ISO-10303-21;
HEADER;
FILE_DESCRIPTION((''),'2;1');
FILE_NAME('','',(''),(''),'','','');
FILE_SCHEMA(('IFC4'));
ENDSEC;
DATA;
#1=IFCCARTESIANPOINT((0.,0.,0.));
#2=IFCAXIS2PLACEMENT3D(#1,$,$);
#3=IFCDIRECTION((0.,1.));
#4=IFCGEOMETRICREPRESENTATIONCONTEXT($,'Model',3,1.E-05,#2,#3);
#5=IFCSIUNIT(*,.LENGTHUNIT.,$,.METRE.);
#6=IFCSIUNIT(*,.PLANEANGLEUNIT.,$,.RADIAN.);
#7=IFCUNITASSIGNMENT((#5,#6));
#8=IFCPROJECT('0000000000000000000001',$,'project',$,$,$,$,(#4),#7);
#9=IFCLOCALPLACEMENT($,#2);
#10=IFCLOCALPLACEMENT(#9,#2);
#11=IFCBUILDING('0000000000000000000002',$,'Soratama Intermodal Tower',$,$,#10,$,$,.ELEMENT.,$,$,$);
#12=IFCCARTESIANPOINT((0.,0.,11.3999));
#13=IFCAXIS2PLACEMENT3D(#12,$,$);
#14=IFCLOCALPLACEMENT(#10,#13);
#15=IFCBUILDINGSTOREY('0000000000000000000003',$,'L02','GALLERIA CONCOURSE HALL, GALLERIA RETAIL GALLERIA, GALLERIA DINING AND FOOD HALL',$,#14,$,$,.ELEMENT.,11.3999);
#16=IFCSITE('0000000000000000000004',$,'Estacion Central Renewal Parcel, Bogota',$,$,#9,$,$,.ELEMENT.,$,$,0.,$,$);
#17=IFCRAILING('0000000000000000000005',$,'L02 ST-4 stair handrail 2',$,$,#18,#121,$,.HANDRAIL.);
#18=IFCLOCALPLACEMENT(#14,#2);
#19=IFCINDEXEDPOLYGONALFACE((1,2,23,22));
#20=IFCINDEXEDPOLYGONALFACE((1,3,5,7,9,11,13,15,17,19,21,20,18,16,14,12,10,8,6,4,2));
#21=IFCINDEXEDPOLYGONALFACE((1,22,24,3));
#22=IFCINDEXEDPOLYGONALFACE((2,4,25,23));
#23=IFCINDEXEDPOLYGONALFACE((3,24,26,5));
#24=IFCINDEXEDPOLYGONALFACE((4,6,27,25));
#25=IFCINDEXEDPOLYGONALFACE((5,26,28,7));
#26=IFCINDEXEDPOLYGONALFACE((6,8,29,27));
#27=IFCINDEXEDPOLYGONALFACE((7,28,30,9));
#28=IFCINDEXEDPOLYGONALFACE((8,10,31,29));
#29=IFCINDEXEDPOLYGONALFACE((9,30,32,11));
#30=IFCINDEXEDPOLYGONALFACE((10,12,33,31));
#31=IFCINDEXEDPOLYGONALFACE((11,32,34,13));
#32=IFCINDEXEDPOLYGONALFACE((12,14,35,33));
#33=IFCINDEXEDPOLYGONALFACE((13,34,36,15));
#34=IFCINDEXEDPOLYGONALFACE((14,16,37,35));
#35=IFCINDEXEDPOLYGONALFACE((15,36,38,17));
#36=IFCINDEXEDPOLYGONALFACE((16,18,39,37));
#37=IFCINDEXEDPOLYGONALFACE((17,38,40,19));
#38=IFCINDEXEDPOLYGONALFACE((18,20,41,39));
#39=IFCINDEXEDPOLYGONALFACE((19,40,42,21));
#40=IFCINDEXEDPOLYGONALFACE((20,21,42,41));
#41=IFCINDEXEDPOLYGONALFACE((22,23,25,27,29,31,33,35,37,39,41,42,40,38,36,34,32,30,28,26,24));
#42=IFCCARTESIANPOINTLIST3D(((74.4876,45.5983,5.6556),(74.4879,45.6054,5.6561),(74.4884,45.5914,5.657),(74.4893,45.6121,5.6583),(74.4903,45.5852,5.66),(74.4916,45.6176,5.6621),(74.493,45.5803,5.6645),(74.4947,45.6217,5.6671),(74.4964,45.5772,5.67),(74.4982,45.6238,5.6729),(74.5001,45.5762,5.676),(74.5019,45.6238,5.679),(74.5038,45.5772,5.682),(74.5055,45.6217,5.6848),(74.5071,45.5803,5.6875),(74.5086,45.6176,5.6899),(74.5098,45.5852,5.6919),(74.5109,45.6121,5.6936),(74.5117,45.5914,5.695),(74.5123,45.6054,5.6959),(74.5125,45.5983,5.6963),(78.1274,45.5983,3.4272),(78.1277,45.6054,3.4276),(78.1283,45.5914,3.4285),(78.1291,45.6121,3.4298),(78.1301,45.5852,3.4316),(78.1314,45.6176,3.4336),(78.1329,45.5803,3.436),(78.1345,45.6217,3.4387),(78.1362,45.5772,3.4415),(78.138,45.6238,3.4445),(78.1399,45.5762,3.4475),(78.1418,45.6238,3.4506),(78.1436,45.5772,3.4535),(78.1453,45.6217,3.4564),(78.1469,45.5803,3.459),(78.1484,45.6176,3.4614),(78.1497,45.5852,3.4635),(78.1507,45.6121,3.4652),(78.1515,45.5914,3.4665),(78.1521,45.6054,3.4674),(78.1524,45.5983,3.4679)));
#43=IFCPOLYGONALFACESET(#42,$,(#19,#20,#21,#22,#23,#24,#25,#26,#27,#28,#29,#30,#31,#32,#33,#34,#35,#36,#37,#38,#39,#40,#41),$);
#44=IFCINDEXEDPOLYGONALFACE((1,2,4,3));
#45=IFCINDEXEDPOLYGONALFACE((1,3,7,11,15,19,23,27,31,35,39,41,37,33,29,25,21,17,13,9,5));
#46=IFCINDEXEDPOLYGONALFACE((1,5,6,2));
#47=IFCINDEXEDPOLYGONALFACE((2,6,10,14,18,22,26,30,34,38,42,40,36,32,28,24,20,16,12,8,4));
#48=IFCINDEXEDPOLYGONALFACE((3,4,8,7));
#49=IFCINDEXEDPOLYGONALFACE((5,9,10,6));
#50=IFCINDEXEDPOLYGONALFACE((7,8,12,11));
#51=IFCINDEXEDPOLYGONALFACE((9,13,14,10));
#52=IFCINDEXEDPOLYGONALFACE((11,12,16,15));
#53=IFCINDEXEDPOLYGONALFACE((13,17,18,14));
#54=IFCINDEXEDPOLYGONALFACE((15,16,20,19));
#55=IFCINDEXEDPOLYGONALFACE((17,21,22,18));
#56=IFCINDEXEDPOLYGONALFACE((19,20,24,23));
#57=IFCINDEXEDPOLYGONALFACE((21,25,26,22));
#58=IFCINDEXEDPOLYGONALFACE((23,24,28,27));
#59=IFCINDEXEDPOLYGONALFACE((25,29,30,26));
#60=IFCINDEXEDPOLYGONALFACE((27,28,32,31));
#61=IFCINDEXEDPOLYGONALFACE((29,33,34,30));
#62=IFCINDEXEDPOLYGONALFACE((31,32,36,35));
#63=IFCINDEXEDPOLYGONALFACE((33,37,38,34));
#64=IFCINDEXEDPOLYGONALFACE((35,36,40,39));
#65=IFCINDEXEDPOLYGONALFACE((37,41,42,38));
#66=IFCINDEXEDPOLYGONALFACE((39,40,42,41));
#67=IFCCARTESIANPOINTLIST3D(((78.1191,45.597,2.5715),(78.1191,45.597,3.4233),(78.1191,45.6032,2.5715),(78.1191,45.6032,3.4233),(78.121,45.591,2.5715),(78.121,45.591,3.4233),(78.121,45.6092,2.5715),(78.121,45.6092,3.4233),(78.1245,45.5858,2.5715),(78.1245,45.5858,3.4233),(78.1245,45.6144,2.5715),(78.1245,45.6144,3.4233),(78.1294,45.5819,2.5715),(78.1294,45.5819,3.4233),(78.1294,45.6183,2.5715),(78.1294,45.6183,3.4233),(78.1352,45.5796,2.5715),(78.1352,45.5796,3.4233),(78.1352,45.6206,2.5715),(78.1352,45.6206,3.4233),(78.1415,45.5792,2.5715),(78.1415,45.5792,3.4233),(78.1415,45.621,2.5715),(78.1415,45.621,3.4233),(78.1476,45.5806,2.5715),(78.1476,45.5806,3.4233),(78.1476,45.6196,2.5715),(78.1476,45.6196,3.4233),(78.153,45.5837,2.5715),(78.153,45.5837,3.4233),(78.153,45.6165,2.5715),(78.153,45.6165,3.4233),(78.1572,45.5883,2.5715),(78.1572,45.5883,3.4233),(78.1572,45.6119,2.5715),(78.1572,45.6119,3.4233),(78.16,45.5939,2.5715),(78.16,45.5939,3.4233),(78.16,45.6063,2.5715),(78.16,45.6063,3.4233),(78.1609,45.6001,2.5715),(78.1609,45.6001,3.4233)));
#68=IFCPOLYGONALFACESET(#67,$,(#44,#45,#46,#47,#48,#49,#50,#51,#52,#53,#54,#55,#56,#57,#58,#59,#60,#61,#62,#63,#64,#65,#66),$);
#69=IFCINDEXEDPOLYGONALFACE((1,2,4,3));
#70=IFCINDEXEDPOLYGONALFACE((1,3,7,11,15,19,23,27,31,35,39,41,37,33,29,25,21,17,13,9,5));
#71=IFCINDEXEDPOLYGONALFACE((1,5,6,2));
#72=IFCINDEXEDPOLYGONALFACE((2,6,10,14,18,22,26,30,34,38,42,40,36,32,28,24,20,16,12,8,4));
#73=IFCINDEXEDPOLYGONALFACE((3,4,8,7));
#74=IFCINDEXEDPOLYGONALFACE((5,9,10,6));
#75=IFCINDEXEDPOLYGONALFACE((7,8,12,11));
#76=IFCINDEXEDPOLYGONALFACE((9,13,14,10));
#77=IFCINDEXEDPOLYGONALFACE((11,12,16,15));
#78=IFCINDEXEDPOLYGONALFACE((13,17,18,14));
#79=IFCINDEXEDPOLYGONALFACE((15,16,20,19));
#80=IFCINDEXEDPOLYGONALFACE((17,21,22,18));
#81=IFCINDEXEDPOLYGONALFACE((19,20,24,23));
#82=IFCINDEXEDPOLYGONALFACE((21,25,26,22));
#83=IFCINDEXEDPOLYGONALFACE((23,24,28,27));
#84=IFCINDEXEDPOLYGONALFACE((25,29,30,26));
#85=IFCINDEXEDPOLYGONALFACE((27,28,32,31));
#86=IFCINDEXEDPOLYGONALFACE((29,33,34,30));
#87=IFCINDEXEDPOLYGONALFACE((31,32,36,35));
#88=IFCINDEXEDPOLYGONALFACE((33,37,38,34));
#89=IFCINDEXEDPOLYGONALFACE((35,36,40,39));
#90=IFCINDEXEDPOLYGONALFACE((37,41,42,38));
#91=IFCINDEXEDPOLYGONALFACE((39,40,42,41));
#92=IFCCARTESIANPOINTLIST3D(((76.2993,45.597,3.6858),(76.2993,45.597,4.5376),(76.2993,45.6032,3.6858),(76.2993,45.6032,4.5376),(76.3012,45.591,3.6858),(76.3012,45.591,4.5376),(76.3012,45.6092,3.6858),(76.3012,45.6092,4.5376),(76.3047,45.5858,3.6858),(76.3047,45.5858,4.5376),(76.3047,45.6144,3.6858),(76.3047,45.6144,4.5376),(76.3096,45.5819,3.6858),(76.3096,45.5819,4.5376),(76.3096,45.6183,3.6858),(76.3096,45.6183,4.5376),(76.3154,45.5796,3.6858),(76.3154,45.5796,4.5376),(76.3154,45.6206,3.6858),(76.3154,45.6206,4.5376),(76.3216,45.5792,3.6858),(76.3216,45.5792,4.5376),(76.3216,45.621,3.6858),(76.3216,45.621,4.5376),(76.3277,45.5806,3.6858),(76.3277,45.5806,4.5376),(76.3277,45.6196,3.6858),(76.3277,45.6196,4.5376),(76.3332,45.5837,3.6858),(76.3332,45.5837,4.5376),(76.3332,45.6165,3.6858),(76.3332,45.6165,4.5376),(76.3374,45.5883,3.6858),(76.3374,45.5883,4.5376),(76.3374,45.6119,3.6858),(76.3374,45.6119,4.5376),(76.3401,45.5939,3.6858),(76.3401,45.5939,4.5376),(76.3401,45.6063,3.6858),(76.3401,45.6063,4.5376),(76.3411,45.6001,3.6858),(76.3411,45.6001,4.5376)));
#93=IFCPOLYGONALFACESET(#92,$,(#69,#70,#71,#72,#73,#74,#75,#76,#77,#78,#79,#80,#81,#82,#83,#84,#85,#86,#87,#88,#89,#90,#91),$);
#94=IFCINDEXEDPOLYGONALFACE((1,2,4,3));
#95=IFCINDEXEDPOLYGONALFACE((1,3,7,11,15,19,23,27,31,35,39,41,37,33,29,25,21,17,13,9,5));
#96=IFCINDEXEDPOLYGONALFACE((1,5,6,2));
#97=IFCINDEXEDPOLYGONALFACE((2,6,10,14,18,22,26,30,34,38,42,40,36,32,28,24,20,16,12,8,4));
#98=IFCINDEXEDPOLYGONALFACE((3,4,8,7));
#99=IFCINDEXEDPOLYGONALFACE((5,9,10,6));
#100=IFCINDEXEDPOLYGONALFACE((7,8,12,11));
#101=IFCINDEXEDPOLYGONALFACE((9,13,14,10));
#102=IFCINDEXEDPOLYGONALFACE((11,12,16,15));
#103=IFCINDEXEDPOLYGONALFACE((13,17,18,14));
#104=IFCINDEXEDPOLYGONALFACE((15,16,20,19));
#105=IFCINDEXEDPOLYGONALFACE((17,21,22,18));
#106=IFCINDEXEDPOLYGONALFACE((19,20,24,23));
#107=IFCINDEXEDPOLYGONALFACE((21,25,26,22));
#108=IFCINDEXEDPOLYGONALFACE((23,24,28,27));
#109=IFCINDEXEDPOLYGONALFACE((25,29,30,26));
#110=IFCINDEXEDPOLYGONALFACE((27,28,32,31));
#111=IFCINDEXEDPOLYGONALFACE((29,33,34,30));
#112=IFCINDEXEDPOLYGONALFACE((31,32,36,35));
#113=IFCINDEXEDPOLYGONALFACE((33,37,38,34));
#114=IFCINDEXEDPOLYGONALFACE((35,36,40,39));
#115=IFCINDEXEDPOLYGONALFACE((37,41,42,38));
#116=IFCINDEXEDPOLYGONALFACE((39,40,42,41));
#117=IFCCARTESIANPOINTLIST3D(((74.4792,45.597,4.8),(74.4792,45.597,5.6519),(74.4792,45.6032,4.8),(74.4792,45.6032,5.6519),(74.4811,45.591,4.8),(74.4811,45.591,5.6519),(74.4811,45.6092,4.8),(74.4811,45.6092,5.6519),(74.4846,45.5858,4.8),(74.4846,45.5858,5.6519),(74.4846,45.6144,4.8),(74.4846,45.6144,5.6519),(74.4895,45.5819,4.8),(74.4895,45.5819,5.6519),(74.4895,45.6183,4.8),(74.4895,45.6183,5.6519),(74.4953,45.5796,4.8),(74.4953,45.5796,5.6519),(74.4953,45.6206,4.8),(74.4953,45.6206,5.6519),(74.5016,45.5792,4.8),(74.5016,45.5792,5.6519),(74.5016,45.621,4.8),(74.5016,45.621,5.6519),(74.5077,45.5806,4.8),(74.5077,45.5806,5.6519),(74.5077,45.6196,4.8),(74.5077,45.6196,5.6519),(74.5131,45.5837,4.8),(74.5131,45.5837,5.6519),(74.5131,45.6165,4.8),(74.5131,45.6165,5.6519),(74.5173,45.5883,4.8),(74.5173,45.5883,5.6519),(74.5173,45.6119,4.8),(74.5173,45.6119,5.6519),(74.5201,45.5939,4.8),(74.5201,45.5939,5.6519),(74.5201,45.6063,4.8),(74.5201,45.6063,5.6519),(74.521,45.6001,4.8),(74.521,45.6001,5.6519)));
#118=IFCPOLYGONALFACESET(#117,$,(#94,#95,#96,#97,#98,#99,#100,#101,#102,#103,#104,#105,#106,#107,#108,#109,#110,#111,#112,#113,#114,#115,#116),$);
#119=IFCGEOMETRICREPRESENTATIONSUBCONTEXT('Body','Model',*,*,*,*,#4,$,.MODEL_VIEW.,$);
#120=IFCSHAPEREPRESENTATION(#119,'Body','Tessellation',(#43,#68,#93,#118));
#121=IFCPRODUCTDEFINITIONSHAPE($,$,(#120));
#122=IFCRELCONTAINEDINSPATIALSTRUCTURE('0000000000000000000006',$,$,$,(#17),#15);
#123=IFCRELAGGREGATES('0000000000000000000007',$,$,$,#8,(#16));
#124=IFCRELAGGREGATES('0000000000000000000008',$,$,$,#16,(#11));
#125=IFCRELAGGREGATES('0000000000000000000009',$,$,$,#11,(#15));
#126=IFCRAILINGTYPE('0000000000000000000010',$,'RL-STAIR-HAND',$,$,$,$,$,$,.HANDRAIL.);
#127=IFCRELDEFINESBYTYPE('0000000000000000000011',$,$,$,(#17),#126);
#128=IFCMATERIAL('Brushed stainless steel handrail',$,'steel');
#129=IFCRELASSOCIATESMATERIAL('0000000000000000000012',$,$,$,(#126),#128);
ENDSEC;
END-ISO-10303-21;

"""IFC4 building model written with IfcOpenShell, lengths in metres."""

from ifc_helpers import new_model, si_unit, direction, frame, origin, origin_2d, place, context, subcontext, project, spatial, circle, extrude, material, type_object, element, save


model = new_model("IFC4")

# Units and contexts
model_context = context("Model", 3, precision=1e-05, world=origin(), true_north=direction((0.0, 1.0)))
body_context = subcontext(model_context, "Body", "Model", "MODEL_VIEW")
ifc_project = project(units=[si_unit("LENGTHUNIT", "METRE"), si_unit("PLANEANGLEUNIT", "RADIAN")], contexts=[model_context])

# Site, building, storey
site_placement = place(None, origin())
site = spatial("IfcSite", under=ifc_project, at=site_placement, Name="Estacion Central Renewal Parcel, Bogota", CompositionType="ELEMENT", RefElevation=0.0)
building_placement = place(site_placement, origin())
building = spatial("IfcBuilding", under=site, at=building_placement, Name="Soratama Intermodal Tower", CompositionType="ELEMENT")
storey_placement = place(building_placement, frame((0.0, 0.0, 11.3999)))
storey = spatial("IfcBuildingStorey", under=building, at=storey_placement, Name="L02", Description="GALLERIA CONCOURSE HALL, GALLERIA RETAIL GALLERIA, GALLERIA DINING AND FOOD HALL", CompositionType="ELEMENT", Elevation=11.3999)

# Railing
ifc_material_1 = material(Name="Brushed stainless steel handrail", Category="steel")
railing_type_1 = type_object("IfcRailingType", Name="RL-STAIR-HAND", PredefinedType="HANDRAIL", material=ifc_material_1)
railing_1_placement = place(storey_placement, frame((78.1399, 45.6001, 2.5715)))
element("IfcRailing", 1, at=railing_1_placement, inside=storey, type_object=railing_type_1, Name="L02 ST-4 stair handrail 2", PredefinedType="HANDRAIL", context=body_context, shape_type="SweptSolid", body=[
    extrude(circle(Radius=0.0239, at=origin_2d()), frame((0.0, 0.0, 0.876), z_axis=(-0.85285, 0.0, 0.522156), x_axis=(0.0, -1.0, 0.0)), (0.0, 0.0, 1.0), 4.2678),
    extrude(circle(Radius=0.021, at=origin_2d()), origin(), (0.0, 0.0, 1.0), 0.8518),
    extrude(circle(Radius=0.021, at=origin_2d()), frame((-1.8198, 0.0, 1.1143)), (0.0, 0.0, 1.0), 0.8518),
    extrude(circle(Radius=0.021, at=origin_2d()), frame((-3.6399, 0.0, 2.2285)), (0.0, 0.0, 1.0), 0.8518),
])

save(model, "model.ifc")
